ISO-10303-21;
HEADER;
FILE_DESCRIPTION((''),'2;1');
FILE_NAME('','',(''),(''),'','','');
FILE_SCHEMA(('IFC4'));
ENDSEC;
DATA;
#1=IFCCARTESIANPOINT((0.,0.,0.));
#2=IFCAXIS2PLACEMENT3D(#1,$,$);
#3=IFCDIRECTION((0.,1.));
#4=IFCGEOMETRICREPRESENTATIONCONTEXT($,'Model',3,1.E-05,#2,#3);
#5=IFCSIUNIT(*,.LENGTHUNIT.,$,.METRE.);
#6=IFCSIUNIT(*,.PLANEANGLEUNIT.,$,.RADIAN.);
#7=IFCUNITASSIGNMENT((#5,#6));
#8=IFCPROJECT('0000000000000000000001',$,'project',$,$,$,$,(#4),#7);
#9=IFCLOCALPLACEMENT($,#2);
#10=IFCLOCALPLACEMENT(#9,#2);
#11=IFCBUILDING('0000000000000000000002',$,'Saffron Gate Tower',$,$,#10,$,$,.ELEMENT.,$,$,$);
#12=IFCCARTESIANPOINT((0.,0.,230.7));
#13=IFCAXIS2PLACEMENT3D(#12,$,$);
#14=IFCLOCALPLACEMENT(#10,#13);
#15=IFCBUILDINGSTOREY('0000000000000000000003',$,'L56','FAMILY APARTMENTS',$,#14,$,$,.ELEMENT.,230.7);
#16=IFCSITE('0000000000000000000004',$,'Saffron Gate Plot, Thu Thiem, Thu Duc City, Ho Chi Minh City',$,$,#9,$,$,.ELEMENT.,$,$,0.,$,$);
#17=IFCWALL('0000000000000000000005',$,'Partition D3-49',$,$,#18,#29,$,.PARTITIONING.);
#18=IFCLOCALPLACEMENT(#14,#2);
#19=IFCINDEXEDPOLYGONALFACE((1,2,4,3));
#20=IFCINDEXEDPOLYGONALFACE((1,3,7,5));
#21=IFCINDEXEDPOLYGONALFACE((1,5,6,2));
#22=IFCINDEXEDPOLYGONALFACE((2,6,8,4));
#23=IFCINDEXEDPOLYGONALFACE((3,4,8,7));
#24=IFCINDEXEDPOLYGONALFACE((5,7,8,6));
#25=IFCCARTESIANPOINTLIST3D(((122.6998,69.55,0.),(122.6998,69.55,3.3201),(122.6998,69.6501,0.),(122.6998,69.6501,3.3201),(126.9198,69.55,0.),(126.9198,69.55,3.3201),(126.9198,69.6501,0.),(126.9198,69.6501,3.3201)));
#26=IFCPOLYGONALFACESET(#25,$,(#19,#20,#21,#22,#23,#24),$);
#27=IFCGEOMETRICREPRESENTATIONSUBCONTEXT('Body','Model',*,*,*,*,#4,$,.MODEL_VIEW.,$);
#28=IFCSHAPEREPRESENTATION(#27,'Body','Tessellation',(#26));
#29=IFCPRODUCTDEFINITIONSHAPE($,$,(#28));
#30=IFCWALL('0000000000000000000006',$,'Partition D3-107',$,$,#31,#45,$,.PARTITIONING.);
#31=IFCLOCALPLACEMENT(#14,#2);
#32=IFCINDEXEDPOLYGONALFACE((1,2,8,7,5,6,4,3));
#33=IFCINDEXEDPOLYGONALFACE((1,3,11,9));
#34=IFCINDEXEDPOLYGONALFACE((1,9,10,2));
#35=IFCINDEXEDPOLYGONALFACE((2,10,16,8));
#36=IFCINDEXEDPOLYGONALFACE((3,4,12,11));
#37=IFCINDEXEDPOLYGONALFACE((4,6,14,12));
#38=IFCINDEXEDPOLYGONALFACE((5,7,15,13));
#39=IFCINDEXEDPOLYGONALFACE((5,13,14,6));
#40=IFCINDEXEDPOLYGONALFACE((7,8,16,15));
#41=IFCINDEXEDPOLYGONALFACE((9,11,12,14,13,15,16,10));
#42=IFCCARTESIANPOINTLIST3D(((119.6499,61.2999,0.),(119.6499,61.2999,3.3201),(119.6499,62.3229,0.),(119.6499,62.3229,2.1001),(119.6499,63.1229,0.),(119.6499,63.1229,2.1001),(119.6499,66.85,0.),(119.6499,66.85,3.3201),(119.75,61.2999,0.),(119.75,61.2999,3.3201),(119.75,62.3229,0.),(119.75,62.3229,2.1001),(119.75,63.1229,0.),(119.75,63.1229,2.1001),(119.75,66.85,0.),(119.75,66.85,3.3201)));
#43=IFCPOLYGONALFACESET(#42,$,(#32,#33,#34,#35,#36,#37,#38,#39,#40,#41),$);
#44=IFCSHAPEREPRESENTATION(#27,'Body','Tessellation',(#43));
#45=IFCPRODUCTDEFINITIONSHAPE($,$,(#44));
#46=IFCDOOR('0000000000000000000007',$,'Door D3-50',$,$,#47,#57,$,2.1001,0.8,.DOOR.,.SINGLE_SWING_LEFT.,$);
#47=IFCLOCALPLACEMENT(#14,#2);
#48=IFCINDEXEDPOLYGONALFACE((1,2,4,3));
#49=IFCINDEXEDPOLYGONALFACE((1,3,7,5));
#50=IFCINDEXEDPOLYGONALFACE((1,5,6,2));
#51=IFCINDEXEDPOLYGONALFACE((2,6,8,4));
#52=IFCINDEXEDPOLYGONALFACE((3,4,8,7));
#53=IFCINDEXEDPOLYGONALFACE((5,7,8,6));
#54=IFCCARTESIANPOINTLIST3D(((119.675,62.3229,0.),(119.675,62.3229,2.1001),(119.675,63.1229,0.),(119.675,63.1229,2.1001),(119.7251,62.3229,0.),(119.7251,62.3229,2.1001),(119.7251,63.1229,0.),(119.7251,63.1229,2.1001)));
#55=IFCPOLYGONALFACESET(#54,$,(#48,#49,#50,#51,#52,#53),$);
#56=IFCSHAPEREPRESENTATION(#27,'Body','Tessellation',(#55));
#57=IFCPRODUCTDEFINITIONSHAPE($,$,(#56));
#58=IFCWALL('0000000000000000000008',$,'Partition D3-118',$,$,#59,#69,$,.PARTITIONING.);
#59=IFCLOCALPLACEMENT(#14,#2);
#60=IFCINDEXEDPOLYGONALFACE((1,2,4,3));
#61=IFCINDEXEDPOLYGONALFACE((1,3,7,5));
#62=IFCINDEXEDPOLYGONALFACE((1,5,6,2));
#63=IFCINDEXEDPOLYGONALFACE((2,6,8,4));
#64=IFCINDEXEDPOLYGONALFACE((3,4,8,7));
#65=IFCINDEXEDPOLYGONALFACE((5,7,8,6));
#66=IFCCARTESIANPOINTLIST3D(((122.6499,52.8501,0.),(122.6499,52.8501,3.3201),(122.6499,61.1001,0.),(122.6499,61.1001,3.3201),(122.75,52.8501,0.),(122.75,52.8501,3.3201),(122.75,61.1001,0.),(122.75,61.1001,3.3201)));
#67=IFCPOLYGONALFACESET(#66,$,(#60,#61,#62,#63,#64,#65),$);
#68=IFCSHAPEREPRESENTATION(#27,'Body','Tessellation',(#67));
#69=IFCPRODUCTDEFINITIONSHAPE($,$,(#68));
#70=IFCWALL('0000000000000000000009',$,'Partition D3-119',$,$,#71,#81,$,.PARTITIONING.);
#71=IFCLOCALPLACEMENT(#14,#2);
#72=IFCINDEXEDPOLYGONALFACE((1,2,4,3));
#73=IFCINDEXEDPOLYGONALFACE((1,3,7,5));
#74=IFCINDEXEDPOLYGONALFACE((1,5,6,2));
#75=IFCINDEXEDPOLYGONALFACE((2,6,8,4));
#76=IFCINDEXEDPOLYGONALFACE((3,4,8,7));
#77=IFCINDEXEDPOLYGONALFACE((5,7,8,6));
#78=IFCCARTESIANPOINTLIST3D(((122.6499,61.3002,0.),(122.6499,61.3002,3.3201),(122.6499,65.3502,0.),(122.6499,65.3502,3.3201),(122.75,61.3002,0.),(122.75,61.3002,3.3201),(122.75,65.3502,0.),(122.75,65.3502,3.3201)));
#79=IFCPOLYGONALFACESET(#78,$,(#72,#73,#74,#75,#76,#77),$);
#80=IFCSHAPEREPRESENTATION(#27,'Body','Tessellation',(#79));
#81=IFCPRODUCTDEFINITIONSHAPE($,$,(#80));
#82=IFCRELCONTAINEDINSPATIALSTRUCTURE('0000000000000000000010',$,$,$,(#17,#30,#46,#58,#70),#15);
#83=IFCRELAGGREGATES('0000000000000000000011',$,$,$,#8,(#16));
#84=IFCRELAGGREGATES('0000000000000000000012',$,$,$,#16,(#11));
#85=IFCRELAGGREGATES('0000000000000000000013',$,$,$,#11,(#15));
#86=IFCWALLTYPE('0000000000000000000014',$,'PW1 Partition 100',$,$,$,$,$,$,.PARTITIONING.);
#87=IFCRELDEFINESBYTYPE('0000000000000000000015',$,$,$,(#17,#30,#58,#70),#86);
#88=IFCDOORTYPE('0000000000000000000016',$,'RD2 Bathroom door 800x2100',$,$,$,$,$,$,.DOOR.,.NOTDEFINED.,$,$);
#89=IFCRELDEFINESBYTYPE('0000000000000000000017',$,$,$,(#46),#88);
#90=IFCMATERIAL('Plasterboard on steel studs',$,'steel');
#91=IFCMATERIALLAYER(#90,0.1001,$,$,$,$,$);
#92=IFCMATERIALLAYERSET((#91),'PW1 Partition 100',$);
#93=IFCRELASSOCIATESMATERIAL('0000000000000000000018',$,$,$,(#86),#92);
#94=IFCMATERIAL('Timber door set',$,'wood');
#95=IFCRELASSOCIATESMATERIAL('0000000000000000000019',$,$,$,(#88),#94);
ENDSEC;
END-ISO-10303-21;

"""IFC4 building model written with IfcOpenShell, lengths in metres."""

from ifc_helpers import new_model, si_unit, direction, frame, frame_2d, origin, place, context, subcontext, project, spatial, rectangle, extrude, material, layer, layer_set, type_object, element, fill, save


model = new_model("IFC4")

# Units and contexts
model_context = context("Model", 3, precision=1e-05, world=origin(), true_north=direction((0.0, 1.0)))
body_context = subcontext(model_context, "Body", "Model", "MODEL_VIEW")
ifc_project = project(units=[si_unit("LENGTHUNIT", "METRE"), si_unit("PLANEANGLEUNIT", "RADIAN")], contexts=[model_context])

# Site, building, storey
site_placement = place(None, origin())
site = spatial("IfcSite", under=ifc_project, at=site_placement, Name="Saffron Gate Plot, Thu Thiem, Thu Duc City, Ho Chi Minh City", CompositionType="ELEMENT", RefElevation=0.0)
building_placement = place(site_placement, origin())
building = spatial("IfcBuilding", under=site, at=building_placement, Name="Saffron Gate Tower", CompositionType="ELEMENT")
storey_placement = place(building_placement, frame((0.0, 0.0, 230.7)))
storey = spatial("IfcBuildingStorey", under=building, at=storey_placement, Name="L56", Description="FAMILY APARTMENTS", CompositionType="ELEMENT", Elevation=230.7)

# Shared definitions
ifc_material_1 = material(Name="Plasterboard on steel studs", Category="steel")
ifc_layer = layer(ifc_material_1, 0.1001)
ifc_layer_set = layer_set([ifc_layer], Name="PW1 Partition 100")
wall_type = type_object("IfcWallType", Name="PW1 Partition 100", PredefinedType="PARTITIONING", material=ifc_layer_set)
ifc_material_2 = material(Name="Timber door set", Category="wood")

# Shared definitions
door_type_1 = type_object("IfcDoorType", Name="RD2 Bathroom door 800x2100", OperationType="NOTDEFINED", PredefinedType="DOOR", material=ifc_material_2)

# Wall
wall_1_placement = place(storey_placement, frame((122.7, 69.6001, 0.0), z_axis=(0.0, 0.0, 1.0), x_axis=(1.0, 0.0, 0.0)))
element("IfcWall", 1, at=wall_1_placement, inside=storey, type_object=wall_type, Name="Partition D3-49", PredefinedType="PARTITIONING", context=body_context, shape_type="SweptSolid", body=[
    extrude(rectangle(XDim=4.22, YDim=0.1001, at=frame_2d((2.1099, 0.0))), origin(), (0.0, 0.0, 1.0), 3.3201),
])

# Wall, opening, door
wall_2_placement = place(storey_placement, frame((119.7, 61.3, 0.0), z_axis=(0.0, 0.0, 1.0), x_axis=(0.0, 1.0, 0.0)))
wall_2 = element("IfcWall", 2, at=wall_2_placement, inside=storey, type_object=wall_type, Name="Partition D3-107", PredefinedType="PARTITIONING", context=body_context, shape_type="SweptSolid", body=[
    extrude(rectangle(XDim=5.55, YDim=0.1001, at=frame_2d((2.7749, 0.0))), origin(), (0.0, 0.0, 1.0), 3.3201),
])
opening_1_placement = place(wall_2_placement, frame((1.0229, 0.0, 0.0)))
opening_1 = element("IfcOpeningElement", 3, at=opening_1_placement, cuts=wall_2, PredefinedType="OPENING", context=body_context, shape_type="SweptSolid", body=[
    extrude(rectangle(XDim=0.8, YDim=2.1001, at=frame_2d((0.3999, 1.05))), frame((0.0, 0.0601, 0.0), z_axis=(0.0, -1.0, 0.0), x_axis=(1.0, 0.0, 0.0)), (0.0, 0.0, 1.0), 0.1201),
])
door_1_placement = place(opening_1_placement, origin())
door_1 = element("IfcDoor", 4, at=door_1_placement, inside=storey, type_object=door_type_1, Name="Door D3-50", OperationType="SINGLE_SWING_LEFT", OverallHeight=2.1001, OverallWidth=0.8, PredefinedType="DOOR", context=body_context, shape_type="SweptSolid", body=[
    extrude(rectangle(XDim=0.8, YDim=2.1001, at=frame_2d((0.3999, 1.05))), frame((0.0, 0.0249, 0.0), z_axis=(0.0, -1.0, 0.0), x_axis=(1.0, 0.0, 0.0)), (0.0, 0.0, 1.0), 0.05),
])
fill(opening_1, door_1)

# Walls
wall_3_placement = place(storey_placement, frame((122.7, 61.1001, 0.0), z_axis=(0.0, 0.0, 1.0), x_axis=(0.0, -1.0, 0.0)))
element("IfcWall", 5, at=wall_3_placement, inside=storey, type_object=wall_type, Name="Partition D3-118", PredefinedType="PARTITIONING", context=body_context, shape_type="SweptSolid", body=[
    extrude(rectangle(XDim=8.25, YDim=0.1001, at=frame_2d((4.125, 0.0))), origin(), (0.0, 0.0, 1.0), 3.3201),
])
wall_4_placement = place(storey_placement, frame((122.7, 65.3501, 0.0), z_axis=(0.0, 0.0, 1.0), x_axis=(0.0, -1.0, 0.0)))
element("IfcWall", 6, at=wall_4_placement, inside=storey, type_object=wall_type, Name="Partition D3-119", PredefinedType="PARTITIONING", context=body_context, shape_type="SweptSolid", body=[
    extrude(rectangle(XDim=4.05, YDim=0.1001, at=frame_2d((2.0249, 0.0))), origin(), (0.0, 0.0, 1.0), 3.3201),
])

save(model, "model.ifc")
